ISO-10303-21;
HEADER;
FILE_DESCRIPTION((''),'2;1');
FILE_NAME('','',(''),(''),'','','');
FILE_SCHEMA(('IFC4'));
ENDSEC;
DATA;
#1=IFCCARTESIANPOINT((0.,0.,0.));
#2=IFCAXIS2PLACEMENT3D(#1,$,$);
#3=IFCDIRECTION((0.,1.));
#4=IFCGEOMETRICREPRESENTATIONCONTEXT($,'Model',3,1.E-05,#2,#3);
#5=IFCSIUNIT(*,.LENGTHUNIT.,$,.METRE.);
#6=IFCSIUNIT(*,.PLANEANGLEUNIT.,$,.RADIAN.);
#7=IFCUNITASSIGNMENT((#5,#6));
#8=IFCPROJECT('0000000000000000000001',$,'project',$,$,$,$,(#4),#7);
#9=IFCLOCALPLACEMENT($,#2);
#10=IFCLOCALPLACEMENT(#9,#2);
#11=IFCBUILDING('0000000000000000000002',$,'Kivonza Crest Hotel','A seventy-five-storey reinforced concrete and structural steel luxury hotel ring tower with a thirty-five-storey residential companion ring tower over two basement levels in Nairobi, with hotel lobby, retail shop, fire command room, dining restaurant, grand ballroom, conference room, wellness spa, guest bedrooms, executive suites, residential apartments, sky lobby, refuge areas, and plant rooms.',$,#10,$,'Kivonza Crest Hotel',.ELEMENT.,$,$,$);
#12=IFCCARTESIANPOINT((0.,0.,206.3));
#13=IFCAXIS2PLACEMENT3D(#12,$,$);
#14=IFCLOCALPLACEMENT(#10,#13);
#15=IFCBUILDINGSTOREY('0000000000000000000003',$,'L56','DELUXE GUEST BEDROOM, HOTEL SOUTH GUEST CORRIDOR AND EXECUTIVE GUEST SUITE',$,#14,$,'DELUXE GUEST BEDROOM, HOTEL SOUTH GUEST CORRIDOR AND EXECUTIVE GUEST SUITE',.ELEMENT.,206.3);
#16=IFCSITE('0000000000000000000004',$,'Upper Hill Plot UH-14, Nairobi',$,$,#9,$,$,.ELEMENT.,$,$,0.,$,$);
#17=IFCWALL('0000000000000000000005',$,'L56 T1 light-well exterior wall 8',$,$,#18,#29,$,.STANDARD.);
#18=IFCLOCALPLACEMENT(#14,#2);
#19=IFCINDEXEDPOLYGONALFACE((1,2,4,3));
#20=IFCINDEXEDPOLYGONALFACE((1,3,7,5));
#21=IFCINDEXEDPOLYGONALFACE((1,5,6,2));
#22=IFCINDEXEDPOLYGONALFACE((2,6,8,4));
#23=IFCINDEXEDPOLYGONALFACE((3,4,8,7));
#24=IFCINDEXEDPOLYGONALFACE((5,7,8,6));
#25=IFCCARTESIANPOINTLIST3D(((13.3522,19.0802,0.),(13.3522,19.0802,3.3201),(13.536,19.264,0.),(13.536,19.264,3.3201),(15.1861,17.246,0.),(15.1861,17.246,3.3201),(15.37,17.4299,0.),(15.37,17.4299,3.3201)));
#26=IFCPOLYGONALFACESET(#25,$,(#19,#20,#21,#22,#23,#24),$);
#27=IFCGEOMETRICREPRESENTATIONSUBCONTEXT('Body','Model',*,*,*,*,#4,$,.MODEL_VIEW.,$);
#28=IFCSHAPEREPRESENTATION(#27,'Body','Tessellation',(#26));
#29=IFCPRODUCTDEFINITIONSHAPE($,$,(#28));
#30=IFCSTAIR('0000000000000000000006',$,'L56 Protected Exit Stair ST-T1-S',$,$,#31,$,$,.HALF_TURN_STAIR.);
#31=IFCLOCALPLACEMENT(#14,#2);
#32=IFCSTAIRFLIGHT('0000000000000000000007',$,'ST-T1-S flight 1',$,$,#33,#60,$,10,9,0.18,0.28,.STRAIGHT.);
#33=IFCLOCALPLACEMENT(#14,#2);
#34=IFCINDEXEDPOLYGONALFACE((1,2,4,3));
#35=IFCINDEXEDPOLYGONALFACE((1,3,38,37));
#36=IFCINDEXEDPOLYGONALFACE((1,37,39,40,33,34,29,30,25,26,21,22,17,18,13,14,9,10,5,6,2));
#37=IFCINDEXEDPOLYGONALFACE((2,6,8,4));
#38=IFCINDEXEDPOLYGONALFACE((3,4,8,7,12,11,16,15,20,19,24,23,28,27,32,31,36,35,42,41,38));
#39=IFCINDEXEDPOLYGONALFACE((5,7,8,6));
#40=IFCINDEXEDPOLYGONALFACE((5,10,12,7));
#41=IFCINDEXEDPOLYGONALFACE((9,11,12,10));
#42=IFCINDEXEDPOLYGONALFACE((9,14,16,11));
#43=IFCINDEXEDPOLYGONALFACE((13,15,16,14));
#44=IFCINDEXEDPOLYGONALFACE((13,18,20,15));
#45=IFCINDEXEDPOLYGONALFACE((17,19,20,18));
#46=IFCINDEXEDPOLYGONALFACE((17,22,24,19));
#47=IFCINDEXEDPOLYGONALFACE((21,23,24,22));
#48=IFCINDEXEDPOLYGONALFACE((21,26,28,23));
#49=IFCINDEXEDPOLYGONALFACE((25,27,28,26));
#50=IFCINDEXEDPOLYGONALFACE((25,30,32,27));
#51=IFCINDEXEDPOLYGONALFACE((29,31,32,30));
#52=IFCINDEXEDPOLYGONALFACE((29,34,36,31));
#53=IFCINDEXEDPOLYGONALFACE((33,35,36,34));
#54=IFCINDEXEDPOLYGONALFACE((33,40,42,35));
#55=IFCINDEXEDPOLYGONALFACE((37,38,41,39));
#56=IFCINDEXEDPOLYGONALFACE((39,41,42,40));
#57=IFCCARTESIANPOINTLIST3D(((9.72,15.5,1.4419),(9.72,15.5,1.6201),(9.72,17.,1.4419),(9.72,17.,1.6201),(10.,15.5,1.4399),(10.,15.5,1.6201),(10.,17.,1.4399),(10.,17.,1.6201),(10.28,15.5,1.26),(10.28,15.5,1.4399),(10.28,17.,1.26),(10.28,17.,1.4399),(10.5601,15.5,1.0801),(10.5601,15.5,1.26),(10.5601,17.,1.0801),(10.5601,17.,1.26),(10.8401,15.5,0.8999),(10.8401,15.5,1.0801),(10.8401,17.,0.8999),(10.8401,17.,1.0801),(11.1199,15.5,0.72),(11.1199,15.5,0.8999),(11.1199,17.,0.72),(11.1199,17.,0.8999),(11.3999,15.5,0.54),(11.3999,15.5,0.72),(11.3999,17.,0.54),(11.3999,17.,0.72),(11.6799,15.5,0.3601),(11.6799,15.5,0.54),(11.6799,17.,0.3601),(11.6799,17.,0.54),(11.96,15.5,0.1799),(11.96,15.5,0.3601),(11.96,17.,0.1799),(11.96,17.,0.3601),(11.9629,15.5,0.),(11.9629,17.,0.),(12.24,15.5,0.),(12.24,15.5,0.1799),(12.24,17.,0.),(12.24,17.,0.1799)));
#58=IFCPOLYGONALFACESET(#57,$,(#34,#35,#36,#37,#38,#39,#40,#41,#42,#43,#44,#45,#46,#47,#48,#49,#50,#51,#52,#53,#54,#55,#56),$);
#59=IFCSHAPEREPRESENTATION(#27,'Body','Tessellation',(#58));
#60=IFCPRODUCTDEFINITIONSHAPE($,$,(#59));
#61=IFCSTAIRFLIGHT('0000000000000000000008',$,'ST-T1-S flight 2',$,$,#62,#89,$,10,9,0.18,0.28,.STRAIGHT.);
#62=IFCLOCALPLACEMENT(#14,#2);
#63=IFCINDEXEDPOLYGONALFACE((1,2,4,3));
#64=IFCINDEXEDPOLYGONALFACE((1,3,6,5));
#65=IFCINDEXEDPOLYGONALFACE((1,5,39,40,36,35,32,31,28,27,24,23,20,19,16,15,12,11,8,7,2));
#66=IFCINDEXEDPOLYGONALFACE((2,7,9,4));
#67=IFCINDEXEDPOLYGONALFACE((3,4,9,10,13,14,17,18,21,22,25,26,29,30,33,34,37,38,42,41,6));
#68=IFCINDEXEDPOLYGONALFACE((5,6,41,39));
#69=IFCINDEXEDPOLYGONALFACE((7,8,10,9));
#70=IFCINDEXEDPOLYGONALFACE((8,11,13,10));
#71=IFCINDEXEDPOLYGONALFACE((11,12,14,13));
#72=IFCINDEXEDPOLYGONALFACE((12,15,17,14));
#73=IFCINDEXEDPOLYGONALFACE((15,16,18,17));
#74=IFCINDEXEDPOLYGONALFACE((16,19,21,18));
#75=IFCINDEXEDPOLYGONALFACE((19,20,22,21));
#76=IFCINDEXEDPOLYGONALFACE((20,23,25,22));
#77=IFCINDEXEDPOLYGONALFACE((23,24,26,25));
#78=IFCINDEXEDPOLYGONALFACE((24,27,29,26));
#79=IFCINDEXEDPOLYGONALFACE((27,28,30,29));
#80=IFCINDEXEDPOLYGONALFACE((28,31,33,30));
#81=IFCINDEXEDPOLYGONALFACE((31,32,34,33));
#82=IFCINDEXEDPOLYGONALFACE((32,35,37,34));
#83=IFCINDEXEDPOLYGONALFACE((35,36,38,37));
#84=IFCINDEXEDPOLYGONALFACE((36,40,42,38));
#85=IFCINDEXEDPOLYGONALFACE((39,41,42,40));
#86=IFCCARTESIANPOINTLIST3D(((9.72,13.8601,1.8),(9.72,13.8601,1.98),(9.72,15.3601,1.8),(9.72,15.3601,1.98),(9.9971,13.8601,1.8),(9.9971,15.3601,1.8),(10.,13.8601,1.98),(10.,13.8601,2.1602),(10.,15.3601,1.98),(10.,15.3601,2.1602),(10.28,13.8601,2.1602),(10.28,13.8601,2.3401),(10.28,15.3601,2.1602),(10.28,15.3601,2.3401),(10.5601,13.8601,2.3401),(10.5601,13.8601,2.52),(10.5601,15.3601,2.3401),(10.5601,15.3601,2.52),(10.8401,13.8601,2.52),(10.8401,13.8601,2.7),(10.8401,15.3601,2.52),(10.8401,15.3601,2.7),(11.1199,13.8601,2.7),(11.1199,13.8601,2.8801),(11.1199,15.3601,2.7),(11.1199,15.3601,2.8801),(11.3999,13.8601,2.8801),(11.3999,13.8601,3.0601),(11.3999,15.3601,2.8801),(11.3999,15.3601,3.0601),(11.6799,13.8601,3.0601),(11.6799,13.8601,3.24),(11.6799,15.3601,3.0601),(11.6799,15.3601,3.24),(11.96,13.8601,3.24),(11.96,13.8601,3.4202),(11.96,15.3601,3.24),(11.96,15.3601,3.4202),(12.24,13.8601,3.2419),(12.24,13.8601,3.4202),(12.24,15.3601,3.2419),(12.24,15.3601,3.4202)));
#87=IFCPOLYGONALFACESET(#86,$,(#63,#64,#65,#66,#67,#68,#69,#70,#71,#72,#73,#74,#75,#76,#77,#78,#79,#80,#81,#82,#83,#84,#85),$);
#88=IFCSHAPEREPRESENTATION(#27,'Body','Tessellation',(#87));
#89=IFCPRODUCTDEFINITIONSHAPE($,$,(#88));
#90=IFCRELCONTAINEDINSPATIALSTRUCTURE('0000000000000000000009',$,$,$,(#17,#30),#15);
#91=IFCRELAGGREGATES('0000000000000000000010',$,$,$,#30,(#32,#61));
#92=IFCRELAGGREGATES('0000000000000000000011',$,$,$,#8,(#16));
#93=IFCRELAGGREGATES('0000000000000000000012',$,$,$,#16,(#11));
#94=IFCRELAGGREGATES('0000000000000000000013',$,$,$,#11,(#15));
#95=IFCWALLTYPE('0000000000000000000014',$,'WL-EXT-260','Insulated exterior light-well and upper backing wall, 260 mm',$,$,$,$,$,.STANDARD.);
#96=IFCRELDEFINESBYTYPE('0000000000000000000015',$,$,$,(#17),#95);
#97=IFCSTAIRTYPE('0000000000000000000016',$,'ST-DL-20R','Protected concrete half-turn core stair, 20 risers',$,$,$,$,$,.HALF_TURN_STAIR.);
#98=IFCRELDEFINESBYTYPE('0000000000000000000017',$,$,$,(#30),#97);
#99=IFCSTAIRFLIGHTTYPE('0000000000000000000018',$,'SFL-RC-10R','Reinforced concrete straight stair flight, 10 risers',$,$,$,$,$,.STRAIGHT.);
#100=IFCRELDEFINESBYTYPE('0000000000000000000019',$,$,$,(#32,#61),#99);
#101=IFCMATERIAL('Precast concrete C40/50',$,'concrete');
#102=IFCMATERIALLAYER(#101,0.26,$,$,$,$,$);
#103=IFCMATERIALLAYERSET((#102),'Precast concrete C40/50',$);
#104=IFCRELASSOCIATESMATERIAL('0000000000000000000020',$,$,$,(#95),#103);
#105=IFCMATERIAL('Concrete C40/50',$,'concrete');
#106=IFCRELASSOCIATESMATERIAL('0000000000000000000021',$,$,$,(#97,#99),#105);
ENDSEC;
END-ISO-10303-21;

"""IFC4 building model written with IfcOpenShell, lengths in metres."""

from ifc_helpers import new_model, si_unit, direction, frame, frame_2d, origin, place, context, subcontext, project, spatial, polyline, rectangle, outline, extrude, material, layer, layer_set, type_object, element, aggregate, save


model = new_model("IFC4")

# Units and contexts
model_context = context("Model", 3, precision=1e-05, world=origin(), true_north=direction((0.0, 1.0)))
body_context = subcontext(model_context, "Body", "Model", "MODEL_VIEW")
ifc_project = project(units=[si_unit("LENGTHUNIT", "METRE"), si_unit("PLANEANGLEUNIT", "RADIAN")], contexts=[model_context])

# Site, building, storey
site_placement = place(None, origin())
site = spatial("IfcSite", under=ifc_project, at=site_placement, Name="Upper Hill Plot UH-14, Nairobi", CompositionType="ELEMENT", RefElevation=0.0)
building_placement = place(site_placement, origin())
building = spatial("IfcBuilding", under=site, at=building_placement, Name="Kivonza Crest Hotel", Description="A seventy-five-storey reinforced concrete and structural steel luxury hotel ring tower with a thirty-five-storey residential companion ring tower over two basement levels in Nairobi, with hotel lobby, retail shop, fire command room, dining restaurant, grand ballroom, conference room, wellness spa, guest bedrooms, executive suites, residential apartments, sky lobby, refuge areas, and plant rooms.", LongName="Kivonza Crest Hotel", CompositionType="ELEMENT")
storey_placement = place(building_placement, frame((0.0, 0.0, 206.3)))
storey = spatial("IfcBuildingStorey", under=building, at=storey_placement, Name="L56", Description="DELUXE GUEST BEDROOM, HOTEL SOUTH GUEST CORRIDOR AND EXECUTIVE GUEST SUITE", LongName="DELUXE GUEST BEDROOM, HOTEL SOUTH GUEST CORRIDOR AND EXECUTIVE GUEST SUITE", CompositionType="ELEMENT", Elevation=206.3)

# Wall
ifc_material_1 = material(Name="Precast concrete C40/50", Category="concrete")
ifc_layer_1 = layer(ifc_material_1, 0.26)
ifc_layer_set_1 = layer_set([ifc_layer_1], Name="Precast concrete C40/50")
wall_type_1 = type_object("IfcWallType", Name="WL-EXT-260", Description="Insulated exterior light-well and upper backing wall, 260 mm", PredefinedType="STANDARD", material=ifc_layer_set_1)
wall_1_placement = place(storey_placement, frame((13.4441, 19.1721, 0.0), z_axis=(0.0, 0.0, 1.0), x_axis=(0.70706, -0.707154, 0.0)))
element("IfcWall", 1, at=wall_1_placement, inside=storey, type_object=wall_type_1, Name="L56 T1 light-well exterior wall 8", PredefinedType="STANDARD", context=body_context, shape_type="SweptSolid", body=[
    extrude(rectangle(XDim=2.5938, YDim=0.26, at=frame_2d((1.2969, 0.0))), origin(), (0.0, 0.0, 1.0), 3.3201),
])

# Stair, stair flights
ifc_material_2 = material(Name="Concrete C40/50", Category="concrete")
stair_type = type_object("IfcStairType", Name="ST-DL-20R", Description="Protected concrete half-turn core stair, 20 risers", PredefinedType="HALF_TURN_STAIR", material=ifc_material_2)
stair_placement = place(storey_placement, origin())
stair = element("IfcStair", 2, at=stair_placement, inside=storey, type_object=stair_type, Name="L56 Protected Exit Stair ST-T1-S", PredefinedType="HALF_TURN_STAIR")
stair_flight_type = type_object("IfcStairFlightType", Name="SFL-RC-10R", Description="Reinforced concrete straight stair flight, 10 risers", PredefinedType="STRAIGHT", material=ifc_material_2)
stair_flight_1_placement = place(storey_placement, frame((12.24, 16.25, 0.0), z_axis=(0.0, 0.0, 1.0), x_axis=(-1.0, 0.0, 0.0)))
stair_flight_1 = element("IfcStairFlight", 3, at=stair_flight_1_placement, type_object=stair_flight_type, Name="ST-T1-S flight 1", NumberOfRisers=10, NumberOfTreads=9, PredefinedType="STRAIGHT", RiserHeight=0.18, TreadLength=0.28, context=body_context, shape_type="SweptSolid", body=[
    extrude(outline(polyline([(0.0, 0.0), (0.0, 0.1799), (0.28, 0.1799), (0.28, 0.3601), (0.5601, 0.3601), (0.5601, 0.54), (0.8401, 0.54), (0.8401, 0.72), (1.1201, 0.72), (1.1201, 0.8999), (1.3999, 0.8999), (1.3999, 1.0801), (1.6799, 1.0801), (1.6799, 1.26), (1.96, 1.26), (1.96, 1.4399), (2.24, 1.4399), (2.24, 1.6201), (2.52, 1.6201), (2.52, 1.8), (2.52, 1.4419), (0.2771, 0.0), (0.0, 0.0)])), frame((0.0, 0.75, 0.0), z_axis=(0.0, -1.0, 0.0), x_axis=(1.0, 0.0, 0.0)), (0.0, 0.0, 1.0), 1.5),
])
stair_flight_2_placement = place(storey_placement, frame((9.72, 14.6101, 1.8), z_axis=(0.0, 0.0, 1.0), x_axis=(1.0, 0.0, 0.0)))
stair_flight_2 = element("IfcStairFlight", 4, at=stair_flight_2_placement, type_object=stair_flight_type, Name="ST-T1-S flight 2", NumberOfRisers=10, NumberOfTreads=9, PredefinedType="STRAIGHT", RiserHeight=0.18, TreadLength=0.28, context=body_context, shape_type="SweptSolid", body=[
    extrude(outline(polyline([(0.0, 0.0), (0.0, 0.1799), (0.28, 0.1799), (0.28, 0.3601), (0.5601, 0.3601), (0.5601, 0.54), (0.8401, 0.54), (0.8401, 0.72), (1.1201, 0.72), (1.1201, 0.8999), (1.3999, 0.8999), (1.3999, 1.0801), (1.6799, 1.0801), (1.6799, 1.26), (1.96, 1.26), (1.96, 1.4399), (2.24, 1.4399), (2.24, 1.6201), (2.52, 1.6201), (2.52, 1.8), (2.52, 1.4419), (0.2771, 0.0), (0.0, 0.0)])), frame((0.0, 0.75, 0.0), z_axis=(0.0, -1.0, 0.0), x_axis=(1.0, 0.0, 0.0)), (0.0, 0.0, 1.0), 1.5),
])
aggregate(stair, [stair_flight_1, stair_flight_2])

save(model, "model.ifc")
